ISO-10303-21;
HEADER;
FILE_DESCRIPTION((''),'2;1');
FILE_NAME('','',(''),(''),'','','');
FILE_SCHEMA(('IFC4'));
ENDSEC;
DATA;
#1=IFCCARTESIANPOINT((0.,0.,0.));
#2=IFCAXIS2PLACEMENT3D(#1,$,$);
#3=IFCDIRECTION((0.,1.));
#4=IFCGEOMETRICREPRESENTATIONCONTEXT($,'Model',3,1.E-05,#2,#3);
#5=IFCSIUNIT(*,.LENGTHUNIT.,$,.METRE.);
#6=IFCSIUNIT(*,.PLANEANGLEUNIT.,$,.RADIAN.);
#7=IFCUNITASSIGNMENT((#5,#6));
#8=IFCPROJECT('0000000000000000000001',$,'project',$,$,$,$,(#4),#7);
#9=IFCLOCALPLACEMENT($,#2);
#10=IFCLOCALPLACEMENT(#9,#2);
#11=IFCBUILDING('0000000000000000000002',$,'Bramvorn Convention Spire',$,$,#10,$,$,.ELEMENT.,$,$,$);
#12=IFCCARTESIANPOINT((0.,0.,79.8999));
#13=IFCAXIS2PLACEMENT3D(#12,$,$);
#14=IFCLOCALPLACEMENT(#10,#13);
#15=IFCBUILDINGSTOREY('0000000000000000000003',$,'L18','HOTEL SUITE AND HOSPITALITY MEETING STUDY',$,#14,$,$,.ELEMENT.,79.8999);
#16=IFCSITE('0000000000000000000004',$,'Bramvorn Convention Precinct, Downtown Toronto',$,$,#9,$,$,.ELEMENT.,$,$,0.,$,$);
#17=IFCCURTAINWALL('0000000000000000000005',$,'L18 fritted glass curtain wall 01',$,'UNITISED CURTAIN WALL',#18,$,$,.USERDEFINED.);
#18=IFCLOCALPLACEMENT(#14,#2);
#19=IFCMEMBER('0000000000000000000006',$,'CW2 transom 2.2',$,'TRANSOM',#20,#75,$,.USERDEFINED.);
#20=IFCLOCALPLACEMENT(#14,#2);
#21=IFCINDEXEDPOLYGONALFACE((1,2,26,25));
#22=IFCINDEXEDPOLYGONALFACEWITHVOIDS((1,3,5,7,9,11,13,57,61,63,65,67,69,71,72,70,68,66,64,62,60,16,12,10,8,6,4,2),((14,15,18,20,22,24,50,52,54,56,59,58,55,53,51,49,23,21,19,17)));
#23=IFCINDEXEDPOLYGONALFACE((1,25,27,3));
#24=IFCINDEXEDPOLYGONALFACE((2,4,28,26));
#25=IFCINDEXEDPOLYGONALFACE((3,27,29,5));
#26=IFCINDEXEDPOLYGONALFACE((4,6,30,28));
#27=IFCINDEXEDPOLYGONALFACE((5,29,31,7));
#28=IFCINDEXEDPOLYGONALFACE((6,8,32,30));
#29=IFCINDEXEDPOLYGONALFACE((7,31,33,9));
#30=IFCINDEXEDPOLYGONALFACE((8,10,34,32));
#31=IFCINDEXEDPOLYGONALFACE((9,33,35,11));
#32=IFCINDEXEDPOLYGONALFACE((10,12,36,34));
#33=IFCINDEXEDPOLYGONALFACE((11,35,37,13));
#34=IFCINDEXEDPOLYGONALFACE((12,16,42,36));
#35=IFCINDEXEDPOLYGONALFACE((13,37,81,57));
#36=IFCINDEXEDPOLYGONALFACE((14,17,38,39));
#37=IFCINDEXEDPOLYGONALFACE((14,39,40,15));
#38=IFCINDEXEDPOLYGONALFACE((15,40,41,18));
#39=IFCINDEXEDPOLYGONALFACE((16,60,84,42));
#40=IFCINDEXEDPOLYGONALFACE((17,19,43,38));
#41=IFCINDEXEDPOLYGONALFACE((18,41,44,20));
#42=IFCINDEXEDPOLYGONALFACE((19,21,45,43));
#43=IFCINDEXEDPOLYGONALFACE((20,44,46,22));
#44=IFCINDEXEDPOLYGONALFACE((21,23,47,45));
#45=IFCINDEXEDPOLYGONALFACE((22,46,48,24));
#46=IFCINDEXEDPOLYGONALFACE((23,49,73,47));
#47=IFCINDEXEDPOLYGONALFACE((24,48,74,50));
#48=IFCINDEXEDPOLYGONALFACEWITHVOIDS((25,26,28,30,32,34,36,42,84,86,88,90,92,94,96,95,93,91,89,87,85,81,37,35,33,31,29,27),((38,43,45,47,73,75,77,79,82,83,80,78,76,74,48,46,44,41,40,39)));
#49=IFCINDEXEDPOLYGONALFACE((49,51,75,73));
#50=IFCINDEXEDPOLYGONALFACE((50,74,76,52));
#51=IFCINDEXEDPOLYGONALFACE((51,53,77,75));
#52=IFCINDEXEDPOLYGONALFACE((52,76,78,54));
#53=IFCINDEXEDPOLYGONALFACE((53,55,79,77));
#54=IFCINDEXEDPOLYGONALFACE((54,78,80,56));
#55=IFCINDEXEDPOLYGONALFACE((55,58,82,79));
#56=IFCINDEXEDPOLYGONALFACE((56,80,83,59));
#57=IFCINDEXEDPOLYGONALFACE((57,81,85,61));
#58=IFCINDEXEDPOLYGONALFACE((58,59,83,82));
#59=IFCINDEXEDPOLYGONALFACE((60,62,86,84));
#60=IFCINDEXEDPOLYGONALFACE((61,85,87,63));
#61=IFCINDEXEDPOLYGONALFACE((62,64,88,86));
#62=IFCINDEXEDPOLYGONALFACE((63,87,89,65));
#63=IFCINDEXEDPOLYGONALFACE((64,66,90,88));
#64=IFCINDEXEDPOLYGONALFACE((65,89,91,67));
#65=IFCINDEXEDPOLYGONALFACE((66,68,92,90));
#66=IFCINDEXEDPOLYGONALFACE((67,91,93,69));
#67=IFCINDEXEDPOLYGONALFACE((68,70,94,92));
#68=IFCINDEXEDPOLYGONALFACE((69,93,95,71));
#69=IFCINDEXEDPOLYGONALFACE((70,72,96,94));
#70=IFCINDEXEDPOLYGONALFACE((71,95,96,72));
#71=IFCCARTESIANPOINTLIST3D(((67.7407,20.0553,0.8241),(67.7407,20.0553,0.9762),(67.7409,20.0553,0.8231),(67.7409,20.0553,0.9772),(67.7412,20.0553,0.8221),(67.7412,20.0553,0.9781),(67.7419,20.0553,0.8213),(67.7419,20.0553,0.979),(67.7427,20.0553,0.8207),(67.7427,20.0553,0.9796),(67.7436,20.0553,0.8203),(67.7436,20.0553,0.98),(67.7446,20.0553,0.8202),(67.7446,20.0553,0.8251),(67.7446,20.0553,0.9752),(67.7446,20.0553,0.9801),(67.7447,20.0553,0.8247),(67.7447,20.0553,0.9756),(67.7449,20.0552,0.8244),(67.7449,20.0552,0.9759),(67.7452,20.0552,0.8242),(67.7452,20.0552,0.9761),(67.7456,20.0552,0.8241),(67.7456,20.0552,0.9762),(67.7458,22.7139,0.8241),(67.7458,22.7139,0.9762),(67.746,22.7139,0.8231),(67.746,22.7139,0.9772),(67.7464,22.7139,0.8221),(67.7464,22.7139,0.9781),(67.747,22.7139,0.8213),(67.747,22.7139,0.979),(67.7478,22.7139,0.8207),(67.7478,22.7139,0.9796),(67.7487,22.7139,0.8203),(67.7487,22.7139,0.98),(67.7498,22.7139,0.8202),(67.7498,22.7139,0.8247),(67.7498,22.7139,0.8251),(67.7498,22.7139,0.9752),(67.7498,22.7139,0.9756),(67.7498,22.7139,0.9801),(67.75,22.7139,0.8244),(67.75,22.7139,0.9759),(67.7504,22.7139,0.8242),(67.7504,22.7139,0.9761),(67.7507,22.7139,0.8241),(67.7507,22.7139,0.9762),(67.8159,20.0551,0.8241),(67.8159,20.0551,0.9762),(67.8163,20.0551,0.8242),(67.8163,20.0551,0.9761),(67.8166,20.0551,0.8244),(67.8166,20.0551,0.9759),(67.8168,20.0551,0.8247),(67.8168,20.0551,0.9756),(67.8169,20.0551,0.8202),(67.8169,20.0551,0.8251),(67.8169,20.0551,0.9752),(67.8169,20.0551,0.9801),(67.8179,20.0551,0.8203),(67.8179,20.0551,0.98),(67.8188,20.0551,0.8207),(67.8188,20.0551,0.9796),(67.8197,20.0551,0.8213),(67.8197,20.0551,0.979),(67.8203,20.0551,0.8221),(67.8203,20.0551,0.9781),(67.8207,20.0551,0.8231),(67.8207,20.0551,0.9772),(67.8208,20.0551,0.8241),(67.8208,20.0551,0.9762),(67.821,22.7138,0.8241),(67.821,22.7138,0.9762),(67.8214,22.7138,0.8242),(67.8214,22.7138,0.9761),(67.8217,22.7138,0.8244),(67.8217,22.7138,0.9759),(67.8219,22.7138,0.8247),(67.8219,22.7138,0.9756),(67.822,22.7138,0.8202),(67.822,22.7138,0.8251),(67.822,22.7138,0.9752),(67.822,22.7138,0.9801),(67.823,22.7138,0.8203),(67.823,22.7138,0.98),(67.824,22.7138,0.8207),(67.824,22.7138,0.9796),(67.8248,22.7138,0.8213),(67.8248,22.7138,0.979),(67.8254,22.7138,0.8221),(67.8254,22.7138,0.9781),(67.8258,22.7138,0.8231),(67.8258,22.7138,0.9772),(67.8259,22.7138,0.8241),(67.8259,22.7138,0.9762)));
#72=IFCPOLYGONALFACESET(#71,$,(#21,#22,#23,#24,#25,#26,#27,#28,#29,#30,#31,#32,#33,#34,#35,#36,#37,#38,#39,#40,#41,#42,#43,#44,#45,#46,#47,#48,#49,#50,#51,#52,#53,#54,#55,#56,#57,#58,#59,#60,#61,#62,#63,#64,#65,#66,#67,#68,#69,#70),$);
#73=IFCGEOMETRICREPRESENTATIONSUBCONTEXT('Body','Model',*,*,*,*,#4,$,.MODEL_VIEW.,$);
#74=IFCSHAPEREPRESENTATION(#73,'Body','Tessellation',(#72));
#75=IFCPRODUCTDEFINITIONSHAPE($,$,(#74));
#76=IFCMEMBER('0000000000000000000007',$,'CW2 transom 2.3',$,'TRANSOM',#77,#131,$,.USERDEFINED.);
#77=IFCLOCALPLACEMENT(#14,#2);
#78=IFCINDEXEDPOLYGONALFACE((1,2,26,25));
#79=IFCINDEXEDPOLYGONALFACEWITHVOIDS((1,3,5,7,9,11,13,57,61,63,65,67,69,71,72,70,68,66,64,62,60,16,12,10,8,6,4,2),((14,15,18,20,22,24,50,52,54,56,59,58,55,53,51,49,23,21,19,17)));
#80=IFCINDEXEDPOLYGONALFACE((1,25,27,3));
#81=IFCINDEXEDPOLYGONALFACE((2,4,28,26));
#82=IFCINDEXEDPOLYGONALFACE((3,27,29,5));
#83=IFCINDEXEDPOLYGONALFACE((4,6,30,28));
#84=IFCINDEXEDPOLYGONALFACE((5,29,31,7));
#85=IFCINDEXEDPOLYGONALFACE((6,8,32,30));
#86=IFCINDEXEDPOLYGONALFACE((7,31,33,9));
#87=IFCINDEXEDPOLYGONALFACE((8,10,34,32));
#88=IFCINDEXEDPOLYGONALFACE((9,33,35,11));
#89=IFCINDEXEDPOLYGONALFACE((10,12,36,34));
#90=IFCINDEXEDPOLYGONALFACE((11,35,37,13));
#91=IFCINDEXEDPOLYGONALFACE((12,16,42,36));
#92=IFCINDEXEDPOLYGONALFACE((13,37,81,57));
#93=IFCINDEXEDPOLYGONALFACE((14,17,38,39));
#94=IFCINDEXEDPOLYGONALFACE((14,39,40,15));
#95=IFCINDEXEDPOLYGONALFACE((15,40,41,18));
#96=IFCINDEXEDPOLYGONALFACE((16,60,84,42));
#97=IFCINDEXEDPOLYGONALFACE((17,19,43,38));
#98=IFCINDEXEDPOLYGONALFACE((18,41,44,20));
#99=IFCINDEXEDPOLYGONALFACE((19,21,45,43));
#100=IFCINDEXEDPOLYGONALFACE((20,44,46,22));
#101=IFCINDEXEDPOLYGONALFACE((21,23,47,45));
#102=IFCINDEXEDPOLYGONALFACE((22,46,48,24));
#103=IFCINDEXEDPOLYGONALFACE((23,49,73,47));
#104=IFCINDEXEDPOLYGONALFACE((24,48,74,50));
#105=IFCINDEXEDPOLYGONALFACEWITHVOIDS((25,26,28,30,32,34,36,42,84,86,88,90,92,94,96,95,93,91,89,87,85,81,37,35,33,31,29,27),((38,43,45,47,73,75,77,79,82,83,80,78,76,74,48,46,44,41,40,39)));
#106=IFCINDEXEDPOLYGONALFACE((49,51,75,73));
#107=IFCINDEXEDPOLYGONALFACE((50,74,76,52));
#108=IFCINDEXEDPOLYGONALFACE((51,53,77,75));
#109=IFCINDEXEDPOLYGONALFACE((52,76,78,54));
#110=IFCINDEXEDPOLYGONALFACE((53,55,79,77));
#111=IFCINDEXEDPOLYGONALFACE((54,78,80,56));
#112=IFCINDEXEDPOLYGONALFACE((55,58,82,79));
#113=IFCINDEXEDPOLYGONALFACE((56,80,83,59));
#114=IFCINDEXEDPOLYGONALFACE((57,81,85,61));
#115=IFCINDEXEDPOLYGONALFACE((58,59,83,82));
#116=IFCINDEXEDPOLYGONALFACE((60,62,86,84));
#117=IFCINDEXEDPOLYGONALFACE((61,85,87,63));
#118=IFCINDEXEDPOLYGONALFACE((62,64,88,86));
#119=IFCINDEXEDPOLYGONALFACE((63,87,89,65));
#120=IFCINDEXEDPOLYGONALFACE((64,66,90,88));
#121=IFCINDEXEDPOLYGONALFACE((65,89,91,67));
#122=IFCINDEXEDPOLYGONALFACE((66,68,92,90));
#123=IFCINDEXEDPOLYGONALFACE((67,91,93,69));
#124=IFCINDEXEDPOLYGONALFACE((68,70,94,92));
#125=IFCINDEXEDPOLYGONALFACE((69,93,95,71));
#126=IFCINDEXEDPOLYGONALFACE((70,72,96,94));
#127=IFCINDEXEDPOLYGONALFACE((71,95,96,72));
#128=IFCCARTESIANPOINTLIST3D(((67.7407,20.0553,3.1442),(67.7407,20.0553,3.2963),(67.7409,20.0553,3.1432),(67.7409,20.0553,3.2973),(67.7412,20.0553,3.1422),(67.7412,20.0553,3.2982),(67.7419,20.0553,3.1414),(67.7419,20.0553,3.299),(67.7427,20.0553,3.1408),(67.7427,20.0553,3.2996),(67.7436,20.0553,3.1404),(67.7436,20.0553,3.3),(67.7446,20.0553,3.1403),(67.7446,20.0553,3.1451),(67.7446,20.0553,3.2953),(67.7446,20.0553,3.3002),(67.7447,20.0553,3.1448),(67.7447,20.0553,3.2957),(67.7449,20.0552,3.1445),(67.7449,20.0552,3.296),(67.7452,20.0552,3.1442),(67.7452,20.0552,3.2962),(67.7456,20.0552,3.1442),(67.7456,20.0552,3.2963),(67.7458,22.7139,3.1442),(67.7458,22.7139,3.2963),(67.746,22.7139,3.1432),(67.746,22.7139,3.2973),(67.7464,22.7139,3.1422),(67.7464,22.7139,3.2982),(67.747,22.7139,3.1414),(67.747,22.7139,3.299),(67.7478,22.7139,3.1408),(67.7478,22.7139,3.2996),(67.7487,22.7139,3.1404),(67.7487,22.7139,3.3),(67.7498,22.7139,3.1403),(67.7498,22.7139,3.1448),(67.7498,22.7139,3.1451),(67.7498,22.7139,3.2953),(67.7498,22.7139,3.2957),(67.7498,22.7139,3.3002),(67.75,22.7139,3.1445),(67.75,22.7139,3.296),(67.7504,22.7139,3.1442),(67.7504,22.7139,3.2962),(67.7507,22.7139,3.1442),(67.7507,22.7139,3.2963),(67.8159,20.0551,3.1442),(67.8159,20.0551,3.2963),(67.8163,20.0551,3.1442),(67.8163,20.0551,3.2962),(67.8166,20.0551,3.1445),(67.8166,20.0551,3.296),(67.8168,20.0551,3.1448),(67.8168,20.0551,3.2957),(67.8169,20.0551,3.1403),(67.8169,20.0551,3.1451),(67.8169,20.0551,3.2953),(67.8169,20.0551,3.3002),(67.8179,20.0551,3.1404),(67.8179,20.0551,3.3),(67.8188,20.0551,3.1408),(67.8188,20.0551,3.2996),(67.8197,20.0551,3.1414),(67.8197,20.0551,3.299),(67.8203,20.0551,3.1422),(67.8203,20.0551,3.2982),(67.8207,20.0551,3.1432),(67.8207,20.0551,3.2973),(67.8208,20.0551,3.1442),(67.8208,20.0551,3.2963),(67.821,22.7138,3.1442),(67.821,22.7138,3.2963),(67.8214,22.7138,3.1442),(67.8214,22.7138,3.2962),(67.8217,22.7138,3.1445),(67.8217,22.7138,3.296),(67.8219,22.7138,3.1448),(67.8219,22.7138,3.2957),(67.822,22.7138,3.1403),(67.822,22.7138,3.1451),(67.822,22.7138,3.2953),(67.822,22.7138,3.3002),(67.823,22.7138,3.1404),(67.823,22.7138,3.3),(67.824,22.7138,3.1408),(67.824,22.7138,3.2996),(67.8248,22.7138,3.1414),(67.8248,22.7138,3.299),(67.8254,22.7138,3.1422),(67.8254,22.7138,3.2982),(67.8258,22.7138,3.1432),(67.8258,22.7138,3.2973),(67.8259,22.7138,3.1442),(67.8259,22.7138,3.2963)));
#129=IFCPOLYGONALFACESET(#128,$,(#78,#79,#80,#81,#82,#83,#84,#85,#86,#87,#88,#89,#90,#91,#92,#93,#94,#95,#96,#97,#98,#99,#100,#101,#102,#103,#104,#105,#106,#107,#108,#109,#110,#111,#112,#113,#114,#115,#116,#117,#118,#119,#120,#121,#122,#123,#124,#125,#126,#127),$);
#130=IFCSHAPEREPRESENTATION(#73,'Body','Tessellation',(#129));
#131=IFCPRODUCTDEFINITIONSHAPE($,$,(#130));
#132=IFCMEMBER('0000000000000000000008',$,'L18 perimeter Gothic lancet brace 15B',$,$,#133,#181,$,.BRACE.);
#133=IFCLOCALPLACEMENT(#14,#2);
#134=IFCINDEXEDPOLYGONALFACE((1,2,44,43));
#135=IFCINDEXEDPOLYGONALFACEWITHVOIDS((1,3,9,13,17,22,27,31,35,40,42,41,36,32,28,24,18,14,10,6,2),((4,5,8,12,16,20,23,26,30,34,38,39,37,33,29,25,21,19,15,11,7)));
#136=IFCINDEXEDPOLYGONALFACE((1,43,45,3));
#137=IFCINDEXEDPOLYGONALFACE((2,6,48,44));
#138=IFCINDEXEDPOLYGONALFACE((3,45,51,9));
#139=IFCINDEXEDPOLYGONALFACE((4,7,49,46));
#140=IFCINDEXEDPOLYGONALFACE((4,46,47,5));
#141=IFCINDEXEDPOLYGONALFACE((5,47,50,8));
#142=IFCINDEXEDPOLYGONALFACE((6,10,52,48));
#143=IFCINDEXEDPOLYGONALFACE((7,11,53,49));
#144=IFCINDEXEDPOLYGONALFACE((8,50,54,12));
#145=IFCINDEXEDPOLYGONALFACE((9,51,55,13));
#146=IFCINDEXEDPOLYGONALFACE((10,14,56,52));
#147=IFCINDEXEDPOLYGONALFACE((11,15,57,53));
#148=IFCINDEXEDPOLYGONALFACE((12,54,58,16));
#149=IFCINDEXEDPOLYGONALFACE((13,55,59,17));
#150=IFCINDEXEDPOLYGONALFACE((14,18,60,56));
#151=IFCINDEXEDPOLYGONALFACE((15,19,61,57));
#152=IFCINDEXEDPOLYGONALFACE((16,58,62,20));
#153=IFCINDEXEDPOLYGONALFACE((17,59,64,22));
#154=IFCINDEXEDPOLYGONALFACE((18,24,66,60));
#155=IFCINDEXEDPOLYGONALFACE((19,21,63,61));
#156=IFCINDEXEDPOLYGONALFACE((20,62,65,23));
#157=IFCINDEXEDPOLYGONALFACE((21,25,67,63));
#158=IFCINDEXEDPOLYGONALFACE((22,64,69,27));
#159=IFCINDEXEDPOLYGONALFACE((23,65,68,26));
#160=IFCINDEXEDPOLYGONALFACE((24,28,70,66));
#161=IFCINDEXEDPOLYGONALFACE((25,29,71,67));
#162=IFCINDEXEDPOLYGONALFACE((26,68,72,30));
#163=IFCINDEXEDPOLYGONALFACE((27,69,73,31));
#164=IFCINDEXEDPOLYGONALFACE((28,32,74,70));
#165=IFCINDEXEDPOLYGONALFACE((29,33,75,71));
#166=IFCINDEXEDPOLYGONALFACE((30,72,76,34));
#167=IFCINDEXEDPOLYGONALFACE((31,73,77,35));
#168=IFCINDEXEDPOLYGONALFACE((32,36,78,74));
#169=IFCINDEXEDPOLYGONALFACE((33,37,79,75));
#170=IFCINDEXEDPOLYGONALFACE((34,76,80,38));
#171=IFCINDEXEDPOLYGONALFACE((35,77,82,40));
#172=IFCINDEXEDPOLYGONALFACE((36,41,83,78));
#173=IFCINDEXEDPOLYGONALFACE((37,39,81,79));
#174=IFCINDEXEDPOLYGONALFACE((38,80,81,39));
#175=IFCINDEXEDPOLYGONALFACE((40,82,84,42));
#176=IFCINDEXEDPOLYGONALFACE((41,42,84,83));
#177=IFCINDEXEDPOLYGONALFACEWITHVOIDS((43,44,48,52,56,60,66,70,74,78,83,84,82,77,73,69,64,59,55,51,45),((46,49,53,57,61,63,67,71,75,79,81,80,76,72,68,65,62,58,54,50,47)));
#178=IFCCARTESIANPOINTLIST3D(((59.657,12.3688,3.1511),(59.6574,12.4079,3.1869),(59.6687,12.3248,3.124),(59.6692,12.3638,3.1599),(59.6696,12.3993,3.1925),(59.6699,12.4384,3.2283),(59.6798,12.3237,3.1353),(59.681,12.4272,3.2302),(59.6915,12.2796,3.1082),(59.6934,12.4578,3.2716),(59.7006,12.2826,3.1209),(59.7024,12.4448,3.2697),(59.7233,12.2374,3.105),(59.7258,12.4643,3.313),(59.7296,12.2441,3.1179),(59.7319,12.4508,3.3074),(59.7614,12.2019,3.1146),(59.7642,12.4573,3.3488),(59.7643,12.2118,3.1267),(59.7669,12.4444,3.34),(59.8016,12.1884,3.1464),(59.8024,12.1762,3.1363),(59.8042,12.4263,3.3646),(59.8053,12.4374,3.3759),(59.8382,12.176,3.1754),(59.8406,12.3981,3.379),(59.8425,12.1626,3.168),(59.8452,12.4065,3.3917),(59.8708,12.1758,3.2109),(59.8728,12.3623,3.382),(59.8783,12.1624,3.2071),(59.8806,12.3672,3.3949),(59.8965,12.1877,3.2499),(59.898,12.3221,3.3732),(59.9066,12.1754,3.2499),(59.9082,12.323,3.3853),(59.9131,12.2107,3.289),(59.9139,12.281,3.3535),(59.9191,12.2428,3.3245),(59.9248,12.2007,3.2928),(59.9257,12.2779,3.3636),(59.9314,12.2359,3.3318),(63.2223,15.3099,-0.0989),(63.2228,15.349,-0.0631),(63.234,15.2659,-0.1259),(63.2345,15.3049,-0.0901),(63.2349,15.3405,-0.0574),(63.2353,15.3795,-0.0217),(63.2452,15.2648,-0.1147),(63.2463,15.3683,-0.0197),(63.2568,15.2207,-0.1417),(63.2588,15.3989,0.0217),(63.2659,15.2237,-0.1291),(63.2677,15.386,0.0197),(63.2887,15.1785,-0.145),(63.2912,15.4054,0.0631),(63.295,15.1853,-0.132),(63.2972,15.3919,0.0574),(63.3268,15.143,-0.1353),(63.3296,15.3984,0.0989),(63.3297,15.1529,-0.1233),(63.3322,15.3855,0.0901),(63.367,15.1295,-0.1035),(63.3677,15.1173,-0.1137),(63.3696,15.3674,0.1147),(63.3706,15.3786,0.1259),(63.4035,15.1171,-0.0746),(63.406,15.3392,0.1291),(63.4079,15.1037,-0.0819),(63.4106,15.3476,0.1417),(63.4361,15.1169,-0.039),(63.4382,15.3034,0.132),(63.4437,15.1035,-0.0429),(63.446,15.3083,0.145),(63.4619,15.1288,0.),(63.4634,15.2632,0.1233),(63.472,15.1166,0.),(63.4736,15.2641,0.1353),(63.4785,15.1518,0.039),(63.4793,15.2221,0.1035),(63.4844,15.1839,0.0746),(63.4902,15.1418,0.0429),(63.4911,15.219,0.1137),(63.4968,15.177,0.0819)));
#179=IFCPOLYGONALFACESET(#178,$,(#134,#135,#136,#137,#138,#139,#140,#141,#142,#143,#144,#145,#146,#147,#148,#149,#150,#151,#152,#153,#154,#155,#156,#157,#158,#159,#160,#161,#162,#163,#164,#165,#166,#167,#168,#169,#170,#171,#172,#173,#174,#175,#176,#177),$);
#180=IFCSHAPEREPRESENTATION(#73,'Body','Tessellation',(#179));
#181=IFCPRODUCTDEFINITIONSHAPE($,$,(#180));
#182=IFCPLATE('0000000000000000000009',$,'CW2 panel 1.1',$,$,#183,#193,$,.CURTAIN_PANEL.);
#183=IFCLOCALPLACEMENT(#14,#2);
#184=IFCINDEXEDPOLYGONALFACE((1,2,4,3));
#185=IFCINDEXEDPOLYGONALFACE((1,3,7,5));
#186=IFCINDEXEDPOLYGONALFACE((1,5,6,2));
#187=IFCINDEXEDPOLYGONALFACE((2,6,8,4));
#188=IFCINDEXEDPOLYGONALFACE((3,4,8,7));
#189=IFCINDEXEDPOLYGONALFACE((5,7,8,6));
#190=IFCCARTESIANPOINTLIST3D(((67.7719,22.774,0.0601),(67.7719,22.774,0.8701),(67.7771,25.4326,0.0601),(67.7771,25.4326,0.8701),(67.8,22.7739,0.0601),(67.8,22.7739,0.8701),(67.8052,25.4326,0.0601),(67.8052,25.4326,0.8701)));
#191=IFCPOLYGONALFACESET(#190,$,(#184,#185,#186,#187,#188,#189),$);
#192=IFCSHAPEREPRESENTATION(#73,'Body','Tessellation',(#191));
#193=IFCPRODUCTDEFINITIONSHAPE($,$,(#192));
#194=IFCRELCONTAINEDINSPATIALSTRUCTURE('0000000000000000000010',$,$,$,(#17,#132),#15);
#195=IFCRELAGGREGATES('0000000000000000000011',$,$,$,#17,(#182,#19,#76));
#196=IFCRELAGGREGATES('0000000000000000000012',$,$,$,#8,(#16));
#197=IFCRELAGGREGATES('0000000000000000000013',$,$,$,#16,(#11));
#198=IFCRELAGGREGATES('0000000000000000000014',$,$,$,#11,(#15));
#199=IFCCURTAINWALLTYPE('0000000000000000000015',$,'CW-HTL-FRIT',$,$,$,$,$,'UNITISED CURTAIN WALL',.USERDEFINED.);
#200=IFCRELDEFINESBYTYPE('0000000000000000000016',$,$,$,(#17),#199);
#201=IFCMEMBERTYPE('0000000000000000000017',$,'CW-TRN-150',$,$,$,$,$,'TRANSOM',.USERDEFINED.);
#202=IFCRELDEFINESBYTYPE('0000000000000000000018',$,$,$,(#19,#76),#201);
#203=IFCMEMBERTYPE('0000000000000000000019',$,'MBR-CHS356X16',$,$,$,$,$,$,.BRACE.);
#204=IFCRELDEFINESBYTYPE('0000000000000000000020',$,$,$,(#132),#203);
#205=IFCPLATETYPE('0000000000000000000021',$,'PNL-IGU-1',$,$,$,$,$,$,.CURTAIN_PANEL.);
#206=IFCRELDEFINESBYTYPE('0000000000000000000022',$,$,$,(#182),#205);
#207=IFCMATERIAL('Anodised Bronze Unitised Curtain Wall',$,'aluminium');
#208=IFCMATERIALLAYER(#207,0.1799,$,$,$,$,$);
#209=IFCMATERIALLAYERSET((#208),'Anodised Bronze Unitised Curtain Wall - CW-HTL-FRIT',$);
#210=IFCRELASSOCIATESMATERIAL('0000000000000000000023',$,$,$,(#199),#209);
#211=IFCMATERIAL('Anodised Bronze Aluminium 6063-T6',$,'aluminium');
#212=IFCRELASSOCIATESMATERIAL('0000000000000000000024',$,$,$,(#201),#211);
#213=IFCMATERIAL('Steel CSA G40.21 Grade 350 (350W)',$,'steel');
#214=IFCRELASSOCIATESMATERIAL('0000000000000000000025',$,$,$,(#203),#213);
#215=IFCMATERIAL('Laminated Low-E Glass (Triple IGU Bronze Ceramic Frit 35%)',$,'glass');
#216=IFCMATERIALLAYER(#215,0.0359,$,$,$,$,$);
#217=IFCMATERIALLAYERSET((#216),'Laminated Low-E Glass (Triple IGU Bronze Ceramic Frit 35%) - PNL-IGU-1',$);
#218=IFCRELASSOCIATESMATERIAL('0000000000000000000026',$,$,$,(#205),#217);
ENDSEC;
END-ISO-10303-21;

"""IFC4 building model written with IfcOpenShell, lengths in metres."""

from ifc_helpers import new_model, si_unit, direction, frame, origin, origin_2d, place, context, subcontext, project, spatial, rectangle, hollow_rectangle, hollow_circle, extrude, material, layer, layer_set, material_profile, profile_set, type_object, element, aggregate, save


model = new_model("IFC4")

# Units and contexts
model_context = context("Model", 3, precision=1e-05, world=origin(), true_north=direction((0.0, 1.0)))
body_context = subcontext(model_context, "Body", "Model", "MODEL_VIEW")
ifc_project = project(units=[si_unit("LENGTHUNIT", "METRE"), si_unit("PLANEANGLEUNIT", "RADIAN")], contexts=[model_context])

# Site, building, storey
site_placement = place(None, origin())
site = spatial("IfcSite", under=ifc_project, at=site_placement, Name="Bramvorn Convention Precinct, Downtown Toronto", CompositionType="ELEMENT", RefElevation=0.0)
building_placement = place(site_placement, origin())
building = spatial("IfcBuilding", under=site, at=building_placement, Name="Bramvorn Convention Spire", CompositionType="ELEMENT")
storey_placement = place(building_placement, frame((0.0, 0.0, 79.8999)))
storey = spatial("IfcBuildingStorey", under=building, at=storey_placement, Name="L18", Description="HOTEL SUITE AND HOSPITALITY MEETING STUDY", CompositionType="ELEMENT", Elevation=79.8999)

# Shared definitions
ifc_material_1 = material(Name="Steel CSA G40.21 Grade 350 (350W)", Category="steel")

# Curtain wall, members
ifc_material_2 = material(Name="Anodised Bronze Unitised Curtain Wall", Category="aluminium")
ifc_layer_1 = layer(ifc_material_2, 0.1799)
ifc_layer_set_1 = layer_set([ifc_layer_1], Name="Anodised Bronze Unitised Curtain Wall - CW-HTL-FRIT")
curtain_wall_type = type_object("IfcCurtainWallType", Name="CW-HTL-FRIT", ElementType="UNITISED CURTAIN WALL", PredefinedType="USERDEFINED", material=ifc_layer_set_1)
curtain_wall_placement = place(storey_placement, origin())
curtain_wall = element("IfcCurtainWall", 1, at=curtain_wall_placement, inside=storey, type_object=curtain_wall_type, Name="L18 fritted glass curtain wall 01", ObjectType="UNITISED CURTAIN WALL", PredefinedType="USERDEFINED")
ifc_material_3 = material(Name="Anodised Bronze Aluminium 6063-T6", Category="aluminium")
ifc_material_profile_1 = material_profile(ifc_material_3, hollow_rectangle(XDim=0.0801, YDim=0.1599, WallThickness=0.0039, InnerFilletRadius=0.001, OuterFilletRadius=0.0039, at=origin_2d()))
ifc_profile_set_1 = profile_set([ifc_material_profile_1], Name="Anodised Bronze Aluminium 6063-T6 - CWT80X160")
member_type_1 = type_object("IfcMemberType", Name="CW-TRN-150", ElementType="TRANSOM", PredefinedType="USERDEFINED", material=ifc_profile_set_1)
member_1_placement = place(storey_placement, frame((67.7859, 22.7139, 0.9001), z_axis=(-0.001928, -0.999998, 0.0), x_axis=(0.999998, -0.001928, 0.0)))
member_1 = element("IfcMember", 2, at=member_1_placement, type_object=member_type_1, Name="CW2 transom 2.2", ObjectType="TRANSOM", PredefinedType="USERDEFINED", context=body_context, shape_type="SweptSolid", body=[
    extrude(hollow_rectangle(XDim=0.0801, YDim=0.1599, WallThickness=0.0039, InnerFilletRadius=0.001, OuterFilletRadius=0.0039, at=origin_2d()), origin(), (0.0, 0.0, 1.0), 2.6587),
])
member_2_placement = place(storey_placement, frame((67.7859, 22.7139, 3.2202), z_axis=(-0.001928, -0.999998, 0.0), x_axis=(0.999998, -0.001928, 0.0)))
member_2 = element("IfcMember", 3, at=member_2_placement, type_object=member_type_1, Name="CW2 transom 2.3", ObjectType="TRANSOM", PredefinedType="USERDEFINED", context=body_context, shape_type="SweptSolid", body=[
    extrude(hollow_rectangle(XDim=0.0801, YDim=0.1599, WallThickness=0.0039, InnerFilletRadius=0.001, OuterFilletRadius=0.0039, at=origin_2d()), origin(), (0.0, 0.0, 1.0), 2.6587),
])

# Member
ifc_material_profile_2 = material_profile(ifc_material_1, hollow_circle(Radius=0.1777, WallThickness=0.0159, at=origin_2d()))
ifc_profile_set_2 = profile_set([ifc_material_profile_2], Name="Steel CSA G40.21 Grade 350 (350W) - CHS356X16")
member_type_2 = type_object("IfcMemberType", Name="MBR-CHS356X16", PredefinedType="BRACE", material=ifc_profile_set_2)
member_3_placement = place(storey_placement, frame((63.3589, 15.2537, 0.0), z_axis=(-0.631023, -0.520537, 0.575197), x_axis=(0.636342, -0.771407, 0.0)))
element("IfcMember", 4, at=member_3_placement, inside=storey, type_object=member_type_2, Name="L18 perimeter Gothic lancet brace 15B", PredefinedType="BRACE", context=body_context, shape_type="SweptSolid", body=[
    extrude(hollow_circle(Radius=0.1777, WallThickness=0.0159, at=origin_2d()), origin(), (0.0, 0.0, 1.0), 5.6501),
])

# Plate
ifc_material_4 = material(Name="Laminated Low-E Glass (Triple IGU Bronze Ceramic Frit 35%)", Category="glass")
ifc_layer_2 = layer(ifc_material_4, 0.0359)
ifc_layer_set_2 = layer_set([ifc_layer_2], Name="Laminated Low-E Glass (Triple IGU Bronze Ceramic Frit 35%) - PNL-IGU-1")
plate_type = type_object("IfcPlateType", Name="PNL-IGU-1", PredefinedType="CURTAIN_PANEL", material=ifc_layer_set_2)
plate_1_placement = place(storey_placement, frame((67.7886, 24.1033, 0.0601), z_axis=(0.0, 0.0, 1.0), x_axis=(-0.001965, -0.999998, 0.0)))
plate_1 = element("IfcPlate", 5, at=plate_1_placement, type_object=plate_type, Name="CW2 panel 1.1", PredefinedType="CURTAIN_PANEL", context=body_context, shape_type="SweptSolid", body=[
    extrude(rectangle(XDim=2.6587, YDim=0.0281, at=origin_2d()), origin(), (0.0, 0.0, 1.0), 0.8101),
])
aggregate(curtain_wall, [plate_1, member_1, member_2])

save(model, "model.ifc")
